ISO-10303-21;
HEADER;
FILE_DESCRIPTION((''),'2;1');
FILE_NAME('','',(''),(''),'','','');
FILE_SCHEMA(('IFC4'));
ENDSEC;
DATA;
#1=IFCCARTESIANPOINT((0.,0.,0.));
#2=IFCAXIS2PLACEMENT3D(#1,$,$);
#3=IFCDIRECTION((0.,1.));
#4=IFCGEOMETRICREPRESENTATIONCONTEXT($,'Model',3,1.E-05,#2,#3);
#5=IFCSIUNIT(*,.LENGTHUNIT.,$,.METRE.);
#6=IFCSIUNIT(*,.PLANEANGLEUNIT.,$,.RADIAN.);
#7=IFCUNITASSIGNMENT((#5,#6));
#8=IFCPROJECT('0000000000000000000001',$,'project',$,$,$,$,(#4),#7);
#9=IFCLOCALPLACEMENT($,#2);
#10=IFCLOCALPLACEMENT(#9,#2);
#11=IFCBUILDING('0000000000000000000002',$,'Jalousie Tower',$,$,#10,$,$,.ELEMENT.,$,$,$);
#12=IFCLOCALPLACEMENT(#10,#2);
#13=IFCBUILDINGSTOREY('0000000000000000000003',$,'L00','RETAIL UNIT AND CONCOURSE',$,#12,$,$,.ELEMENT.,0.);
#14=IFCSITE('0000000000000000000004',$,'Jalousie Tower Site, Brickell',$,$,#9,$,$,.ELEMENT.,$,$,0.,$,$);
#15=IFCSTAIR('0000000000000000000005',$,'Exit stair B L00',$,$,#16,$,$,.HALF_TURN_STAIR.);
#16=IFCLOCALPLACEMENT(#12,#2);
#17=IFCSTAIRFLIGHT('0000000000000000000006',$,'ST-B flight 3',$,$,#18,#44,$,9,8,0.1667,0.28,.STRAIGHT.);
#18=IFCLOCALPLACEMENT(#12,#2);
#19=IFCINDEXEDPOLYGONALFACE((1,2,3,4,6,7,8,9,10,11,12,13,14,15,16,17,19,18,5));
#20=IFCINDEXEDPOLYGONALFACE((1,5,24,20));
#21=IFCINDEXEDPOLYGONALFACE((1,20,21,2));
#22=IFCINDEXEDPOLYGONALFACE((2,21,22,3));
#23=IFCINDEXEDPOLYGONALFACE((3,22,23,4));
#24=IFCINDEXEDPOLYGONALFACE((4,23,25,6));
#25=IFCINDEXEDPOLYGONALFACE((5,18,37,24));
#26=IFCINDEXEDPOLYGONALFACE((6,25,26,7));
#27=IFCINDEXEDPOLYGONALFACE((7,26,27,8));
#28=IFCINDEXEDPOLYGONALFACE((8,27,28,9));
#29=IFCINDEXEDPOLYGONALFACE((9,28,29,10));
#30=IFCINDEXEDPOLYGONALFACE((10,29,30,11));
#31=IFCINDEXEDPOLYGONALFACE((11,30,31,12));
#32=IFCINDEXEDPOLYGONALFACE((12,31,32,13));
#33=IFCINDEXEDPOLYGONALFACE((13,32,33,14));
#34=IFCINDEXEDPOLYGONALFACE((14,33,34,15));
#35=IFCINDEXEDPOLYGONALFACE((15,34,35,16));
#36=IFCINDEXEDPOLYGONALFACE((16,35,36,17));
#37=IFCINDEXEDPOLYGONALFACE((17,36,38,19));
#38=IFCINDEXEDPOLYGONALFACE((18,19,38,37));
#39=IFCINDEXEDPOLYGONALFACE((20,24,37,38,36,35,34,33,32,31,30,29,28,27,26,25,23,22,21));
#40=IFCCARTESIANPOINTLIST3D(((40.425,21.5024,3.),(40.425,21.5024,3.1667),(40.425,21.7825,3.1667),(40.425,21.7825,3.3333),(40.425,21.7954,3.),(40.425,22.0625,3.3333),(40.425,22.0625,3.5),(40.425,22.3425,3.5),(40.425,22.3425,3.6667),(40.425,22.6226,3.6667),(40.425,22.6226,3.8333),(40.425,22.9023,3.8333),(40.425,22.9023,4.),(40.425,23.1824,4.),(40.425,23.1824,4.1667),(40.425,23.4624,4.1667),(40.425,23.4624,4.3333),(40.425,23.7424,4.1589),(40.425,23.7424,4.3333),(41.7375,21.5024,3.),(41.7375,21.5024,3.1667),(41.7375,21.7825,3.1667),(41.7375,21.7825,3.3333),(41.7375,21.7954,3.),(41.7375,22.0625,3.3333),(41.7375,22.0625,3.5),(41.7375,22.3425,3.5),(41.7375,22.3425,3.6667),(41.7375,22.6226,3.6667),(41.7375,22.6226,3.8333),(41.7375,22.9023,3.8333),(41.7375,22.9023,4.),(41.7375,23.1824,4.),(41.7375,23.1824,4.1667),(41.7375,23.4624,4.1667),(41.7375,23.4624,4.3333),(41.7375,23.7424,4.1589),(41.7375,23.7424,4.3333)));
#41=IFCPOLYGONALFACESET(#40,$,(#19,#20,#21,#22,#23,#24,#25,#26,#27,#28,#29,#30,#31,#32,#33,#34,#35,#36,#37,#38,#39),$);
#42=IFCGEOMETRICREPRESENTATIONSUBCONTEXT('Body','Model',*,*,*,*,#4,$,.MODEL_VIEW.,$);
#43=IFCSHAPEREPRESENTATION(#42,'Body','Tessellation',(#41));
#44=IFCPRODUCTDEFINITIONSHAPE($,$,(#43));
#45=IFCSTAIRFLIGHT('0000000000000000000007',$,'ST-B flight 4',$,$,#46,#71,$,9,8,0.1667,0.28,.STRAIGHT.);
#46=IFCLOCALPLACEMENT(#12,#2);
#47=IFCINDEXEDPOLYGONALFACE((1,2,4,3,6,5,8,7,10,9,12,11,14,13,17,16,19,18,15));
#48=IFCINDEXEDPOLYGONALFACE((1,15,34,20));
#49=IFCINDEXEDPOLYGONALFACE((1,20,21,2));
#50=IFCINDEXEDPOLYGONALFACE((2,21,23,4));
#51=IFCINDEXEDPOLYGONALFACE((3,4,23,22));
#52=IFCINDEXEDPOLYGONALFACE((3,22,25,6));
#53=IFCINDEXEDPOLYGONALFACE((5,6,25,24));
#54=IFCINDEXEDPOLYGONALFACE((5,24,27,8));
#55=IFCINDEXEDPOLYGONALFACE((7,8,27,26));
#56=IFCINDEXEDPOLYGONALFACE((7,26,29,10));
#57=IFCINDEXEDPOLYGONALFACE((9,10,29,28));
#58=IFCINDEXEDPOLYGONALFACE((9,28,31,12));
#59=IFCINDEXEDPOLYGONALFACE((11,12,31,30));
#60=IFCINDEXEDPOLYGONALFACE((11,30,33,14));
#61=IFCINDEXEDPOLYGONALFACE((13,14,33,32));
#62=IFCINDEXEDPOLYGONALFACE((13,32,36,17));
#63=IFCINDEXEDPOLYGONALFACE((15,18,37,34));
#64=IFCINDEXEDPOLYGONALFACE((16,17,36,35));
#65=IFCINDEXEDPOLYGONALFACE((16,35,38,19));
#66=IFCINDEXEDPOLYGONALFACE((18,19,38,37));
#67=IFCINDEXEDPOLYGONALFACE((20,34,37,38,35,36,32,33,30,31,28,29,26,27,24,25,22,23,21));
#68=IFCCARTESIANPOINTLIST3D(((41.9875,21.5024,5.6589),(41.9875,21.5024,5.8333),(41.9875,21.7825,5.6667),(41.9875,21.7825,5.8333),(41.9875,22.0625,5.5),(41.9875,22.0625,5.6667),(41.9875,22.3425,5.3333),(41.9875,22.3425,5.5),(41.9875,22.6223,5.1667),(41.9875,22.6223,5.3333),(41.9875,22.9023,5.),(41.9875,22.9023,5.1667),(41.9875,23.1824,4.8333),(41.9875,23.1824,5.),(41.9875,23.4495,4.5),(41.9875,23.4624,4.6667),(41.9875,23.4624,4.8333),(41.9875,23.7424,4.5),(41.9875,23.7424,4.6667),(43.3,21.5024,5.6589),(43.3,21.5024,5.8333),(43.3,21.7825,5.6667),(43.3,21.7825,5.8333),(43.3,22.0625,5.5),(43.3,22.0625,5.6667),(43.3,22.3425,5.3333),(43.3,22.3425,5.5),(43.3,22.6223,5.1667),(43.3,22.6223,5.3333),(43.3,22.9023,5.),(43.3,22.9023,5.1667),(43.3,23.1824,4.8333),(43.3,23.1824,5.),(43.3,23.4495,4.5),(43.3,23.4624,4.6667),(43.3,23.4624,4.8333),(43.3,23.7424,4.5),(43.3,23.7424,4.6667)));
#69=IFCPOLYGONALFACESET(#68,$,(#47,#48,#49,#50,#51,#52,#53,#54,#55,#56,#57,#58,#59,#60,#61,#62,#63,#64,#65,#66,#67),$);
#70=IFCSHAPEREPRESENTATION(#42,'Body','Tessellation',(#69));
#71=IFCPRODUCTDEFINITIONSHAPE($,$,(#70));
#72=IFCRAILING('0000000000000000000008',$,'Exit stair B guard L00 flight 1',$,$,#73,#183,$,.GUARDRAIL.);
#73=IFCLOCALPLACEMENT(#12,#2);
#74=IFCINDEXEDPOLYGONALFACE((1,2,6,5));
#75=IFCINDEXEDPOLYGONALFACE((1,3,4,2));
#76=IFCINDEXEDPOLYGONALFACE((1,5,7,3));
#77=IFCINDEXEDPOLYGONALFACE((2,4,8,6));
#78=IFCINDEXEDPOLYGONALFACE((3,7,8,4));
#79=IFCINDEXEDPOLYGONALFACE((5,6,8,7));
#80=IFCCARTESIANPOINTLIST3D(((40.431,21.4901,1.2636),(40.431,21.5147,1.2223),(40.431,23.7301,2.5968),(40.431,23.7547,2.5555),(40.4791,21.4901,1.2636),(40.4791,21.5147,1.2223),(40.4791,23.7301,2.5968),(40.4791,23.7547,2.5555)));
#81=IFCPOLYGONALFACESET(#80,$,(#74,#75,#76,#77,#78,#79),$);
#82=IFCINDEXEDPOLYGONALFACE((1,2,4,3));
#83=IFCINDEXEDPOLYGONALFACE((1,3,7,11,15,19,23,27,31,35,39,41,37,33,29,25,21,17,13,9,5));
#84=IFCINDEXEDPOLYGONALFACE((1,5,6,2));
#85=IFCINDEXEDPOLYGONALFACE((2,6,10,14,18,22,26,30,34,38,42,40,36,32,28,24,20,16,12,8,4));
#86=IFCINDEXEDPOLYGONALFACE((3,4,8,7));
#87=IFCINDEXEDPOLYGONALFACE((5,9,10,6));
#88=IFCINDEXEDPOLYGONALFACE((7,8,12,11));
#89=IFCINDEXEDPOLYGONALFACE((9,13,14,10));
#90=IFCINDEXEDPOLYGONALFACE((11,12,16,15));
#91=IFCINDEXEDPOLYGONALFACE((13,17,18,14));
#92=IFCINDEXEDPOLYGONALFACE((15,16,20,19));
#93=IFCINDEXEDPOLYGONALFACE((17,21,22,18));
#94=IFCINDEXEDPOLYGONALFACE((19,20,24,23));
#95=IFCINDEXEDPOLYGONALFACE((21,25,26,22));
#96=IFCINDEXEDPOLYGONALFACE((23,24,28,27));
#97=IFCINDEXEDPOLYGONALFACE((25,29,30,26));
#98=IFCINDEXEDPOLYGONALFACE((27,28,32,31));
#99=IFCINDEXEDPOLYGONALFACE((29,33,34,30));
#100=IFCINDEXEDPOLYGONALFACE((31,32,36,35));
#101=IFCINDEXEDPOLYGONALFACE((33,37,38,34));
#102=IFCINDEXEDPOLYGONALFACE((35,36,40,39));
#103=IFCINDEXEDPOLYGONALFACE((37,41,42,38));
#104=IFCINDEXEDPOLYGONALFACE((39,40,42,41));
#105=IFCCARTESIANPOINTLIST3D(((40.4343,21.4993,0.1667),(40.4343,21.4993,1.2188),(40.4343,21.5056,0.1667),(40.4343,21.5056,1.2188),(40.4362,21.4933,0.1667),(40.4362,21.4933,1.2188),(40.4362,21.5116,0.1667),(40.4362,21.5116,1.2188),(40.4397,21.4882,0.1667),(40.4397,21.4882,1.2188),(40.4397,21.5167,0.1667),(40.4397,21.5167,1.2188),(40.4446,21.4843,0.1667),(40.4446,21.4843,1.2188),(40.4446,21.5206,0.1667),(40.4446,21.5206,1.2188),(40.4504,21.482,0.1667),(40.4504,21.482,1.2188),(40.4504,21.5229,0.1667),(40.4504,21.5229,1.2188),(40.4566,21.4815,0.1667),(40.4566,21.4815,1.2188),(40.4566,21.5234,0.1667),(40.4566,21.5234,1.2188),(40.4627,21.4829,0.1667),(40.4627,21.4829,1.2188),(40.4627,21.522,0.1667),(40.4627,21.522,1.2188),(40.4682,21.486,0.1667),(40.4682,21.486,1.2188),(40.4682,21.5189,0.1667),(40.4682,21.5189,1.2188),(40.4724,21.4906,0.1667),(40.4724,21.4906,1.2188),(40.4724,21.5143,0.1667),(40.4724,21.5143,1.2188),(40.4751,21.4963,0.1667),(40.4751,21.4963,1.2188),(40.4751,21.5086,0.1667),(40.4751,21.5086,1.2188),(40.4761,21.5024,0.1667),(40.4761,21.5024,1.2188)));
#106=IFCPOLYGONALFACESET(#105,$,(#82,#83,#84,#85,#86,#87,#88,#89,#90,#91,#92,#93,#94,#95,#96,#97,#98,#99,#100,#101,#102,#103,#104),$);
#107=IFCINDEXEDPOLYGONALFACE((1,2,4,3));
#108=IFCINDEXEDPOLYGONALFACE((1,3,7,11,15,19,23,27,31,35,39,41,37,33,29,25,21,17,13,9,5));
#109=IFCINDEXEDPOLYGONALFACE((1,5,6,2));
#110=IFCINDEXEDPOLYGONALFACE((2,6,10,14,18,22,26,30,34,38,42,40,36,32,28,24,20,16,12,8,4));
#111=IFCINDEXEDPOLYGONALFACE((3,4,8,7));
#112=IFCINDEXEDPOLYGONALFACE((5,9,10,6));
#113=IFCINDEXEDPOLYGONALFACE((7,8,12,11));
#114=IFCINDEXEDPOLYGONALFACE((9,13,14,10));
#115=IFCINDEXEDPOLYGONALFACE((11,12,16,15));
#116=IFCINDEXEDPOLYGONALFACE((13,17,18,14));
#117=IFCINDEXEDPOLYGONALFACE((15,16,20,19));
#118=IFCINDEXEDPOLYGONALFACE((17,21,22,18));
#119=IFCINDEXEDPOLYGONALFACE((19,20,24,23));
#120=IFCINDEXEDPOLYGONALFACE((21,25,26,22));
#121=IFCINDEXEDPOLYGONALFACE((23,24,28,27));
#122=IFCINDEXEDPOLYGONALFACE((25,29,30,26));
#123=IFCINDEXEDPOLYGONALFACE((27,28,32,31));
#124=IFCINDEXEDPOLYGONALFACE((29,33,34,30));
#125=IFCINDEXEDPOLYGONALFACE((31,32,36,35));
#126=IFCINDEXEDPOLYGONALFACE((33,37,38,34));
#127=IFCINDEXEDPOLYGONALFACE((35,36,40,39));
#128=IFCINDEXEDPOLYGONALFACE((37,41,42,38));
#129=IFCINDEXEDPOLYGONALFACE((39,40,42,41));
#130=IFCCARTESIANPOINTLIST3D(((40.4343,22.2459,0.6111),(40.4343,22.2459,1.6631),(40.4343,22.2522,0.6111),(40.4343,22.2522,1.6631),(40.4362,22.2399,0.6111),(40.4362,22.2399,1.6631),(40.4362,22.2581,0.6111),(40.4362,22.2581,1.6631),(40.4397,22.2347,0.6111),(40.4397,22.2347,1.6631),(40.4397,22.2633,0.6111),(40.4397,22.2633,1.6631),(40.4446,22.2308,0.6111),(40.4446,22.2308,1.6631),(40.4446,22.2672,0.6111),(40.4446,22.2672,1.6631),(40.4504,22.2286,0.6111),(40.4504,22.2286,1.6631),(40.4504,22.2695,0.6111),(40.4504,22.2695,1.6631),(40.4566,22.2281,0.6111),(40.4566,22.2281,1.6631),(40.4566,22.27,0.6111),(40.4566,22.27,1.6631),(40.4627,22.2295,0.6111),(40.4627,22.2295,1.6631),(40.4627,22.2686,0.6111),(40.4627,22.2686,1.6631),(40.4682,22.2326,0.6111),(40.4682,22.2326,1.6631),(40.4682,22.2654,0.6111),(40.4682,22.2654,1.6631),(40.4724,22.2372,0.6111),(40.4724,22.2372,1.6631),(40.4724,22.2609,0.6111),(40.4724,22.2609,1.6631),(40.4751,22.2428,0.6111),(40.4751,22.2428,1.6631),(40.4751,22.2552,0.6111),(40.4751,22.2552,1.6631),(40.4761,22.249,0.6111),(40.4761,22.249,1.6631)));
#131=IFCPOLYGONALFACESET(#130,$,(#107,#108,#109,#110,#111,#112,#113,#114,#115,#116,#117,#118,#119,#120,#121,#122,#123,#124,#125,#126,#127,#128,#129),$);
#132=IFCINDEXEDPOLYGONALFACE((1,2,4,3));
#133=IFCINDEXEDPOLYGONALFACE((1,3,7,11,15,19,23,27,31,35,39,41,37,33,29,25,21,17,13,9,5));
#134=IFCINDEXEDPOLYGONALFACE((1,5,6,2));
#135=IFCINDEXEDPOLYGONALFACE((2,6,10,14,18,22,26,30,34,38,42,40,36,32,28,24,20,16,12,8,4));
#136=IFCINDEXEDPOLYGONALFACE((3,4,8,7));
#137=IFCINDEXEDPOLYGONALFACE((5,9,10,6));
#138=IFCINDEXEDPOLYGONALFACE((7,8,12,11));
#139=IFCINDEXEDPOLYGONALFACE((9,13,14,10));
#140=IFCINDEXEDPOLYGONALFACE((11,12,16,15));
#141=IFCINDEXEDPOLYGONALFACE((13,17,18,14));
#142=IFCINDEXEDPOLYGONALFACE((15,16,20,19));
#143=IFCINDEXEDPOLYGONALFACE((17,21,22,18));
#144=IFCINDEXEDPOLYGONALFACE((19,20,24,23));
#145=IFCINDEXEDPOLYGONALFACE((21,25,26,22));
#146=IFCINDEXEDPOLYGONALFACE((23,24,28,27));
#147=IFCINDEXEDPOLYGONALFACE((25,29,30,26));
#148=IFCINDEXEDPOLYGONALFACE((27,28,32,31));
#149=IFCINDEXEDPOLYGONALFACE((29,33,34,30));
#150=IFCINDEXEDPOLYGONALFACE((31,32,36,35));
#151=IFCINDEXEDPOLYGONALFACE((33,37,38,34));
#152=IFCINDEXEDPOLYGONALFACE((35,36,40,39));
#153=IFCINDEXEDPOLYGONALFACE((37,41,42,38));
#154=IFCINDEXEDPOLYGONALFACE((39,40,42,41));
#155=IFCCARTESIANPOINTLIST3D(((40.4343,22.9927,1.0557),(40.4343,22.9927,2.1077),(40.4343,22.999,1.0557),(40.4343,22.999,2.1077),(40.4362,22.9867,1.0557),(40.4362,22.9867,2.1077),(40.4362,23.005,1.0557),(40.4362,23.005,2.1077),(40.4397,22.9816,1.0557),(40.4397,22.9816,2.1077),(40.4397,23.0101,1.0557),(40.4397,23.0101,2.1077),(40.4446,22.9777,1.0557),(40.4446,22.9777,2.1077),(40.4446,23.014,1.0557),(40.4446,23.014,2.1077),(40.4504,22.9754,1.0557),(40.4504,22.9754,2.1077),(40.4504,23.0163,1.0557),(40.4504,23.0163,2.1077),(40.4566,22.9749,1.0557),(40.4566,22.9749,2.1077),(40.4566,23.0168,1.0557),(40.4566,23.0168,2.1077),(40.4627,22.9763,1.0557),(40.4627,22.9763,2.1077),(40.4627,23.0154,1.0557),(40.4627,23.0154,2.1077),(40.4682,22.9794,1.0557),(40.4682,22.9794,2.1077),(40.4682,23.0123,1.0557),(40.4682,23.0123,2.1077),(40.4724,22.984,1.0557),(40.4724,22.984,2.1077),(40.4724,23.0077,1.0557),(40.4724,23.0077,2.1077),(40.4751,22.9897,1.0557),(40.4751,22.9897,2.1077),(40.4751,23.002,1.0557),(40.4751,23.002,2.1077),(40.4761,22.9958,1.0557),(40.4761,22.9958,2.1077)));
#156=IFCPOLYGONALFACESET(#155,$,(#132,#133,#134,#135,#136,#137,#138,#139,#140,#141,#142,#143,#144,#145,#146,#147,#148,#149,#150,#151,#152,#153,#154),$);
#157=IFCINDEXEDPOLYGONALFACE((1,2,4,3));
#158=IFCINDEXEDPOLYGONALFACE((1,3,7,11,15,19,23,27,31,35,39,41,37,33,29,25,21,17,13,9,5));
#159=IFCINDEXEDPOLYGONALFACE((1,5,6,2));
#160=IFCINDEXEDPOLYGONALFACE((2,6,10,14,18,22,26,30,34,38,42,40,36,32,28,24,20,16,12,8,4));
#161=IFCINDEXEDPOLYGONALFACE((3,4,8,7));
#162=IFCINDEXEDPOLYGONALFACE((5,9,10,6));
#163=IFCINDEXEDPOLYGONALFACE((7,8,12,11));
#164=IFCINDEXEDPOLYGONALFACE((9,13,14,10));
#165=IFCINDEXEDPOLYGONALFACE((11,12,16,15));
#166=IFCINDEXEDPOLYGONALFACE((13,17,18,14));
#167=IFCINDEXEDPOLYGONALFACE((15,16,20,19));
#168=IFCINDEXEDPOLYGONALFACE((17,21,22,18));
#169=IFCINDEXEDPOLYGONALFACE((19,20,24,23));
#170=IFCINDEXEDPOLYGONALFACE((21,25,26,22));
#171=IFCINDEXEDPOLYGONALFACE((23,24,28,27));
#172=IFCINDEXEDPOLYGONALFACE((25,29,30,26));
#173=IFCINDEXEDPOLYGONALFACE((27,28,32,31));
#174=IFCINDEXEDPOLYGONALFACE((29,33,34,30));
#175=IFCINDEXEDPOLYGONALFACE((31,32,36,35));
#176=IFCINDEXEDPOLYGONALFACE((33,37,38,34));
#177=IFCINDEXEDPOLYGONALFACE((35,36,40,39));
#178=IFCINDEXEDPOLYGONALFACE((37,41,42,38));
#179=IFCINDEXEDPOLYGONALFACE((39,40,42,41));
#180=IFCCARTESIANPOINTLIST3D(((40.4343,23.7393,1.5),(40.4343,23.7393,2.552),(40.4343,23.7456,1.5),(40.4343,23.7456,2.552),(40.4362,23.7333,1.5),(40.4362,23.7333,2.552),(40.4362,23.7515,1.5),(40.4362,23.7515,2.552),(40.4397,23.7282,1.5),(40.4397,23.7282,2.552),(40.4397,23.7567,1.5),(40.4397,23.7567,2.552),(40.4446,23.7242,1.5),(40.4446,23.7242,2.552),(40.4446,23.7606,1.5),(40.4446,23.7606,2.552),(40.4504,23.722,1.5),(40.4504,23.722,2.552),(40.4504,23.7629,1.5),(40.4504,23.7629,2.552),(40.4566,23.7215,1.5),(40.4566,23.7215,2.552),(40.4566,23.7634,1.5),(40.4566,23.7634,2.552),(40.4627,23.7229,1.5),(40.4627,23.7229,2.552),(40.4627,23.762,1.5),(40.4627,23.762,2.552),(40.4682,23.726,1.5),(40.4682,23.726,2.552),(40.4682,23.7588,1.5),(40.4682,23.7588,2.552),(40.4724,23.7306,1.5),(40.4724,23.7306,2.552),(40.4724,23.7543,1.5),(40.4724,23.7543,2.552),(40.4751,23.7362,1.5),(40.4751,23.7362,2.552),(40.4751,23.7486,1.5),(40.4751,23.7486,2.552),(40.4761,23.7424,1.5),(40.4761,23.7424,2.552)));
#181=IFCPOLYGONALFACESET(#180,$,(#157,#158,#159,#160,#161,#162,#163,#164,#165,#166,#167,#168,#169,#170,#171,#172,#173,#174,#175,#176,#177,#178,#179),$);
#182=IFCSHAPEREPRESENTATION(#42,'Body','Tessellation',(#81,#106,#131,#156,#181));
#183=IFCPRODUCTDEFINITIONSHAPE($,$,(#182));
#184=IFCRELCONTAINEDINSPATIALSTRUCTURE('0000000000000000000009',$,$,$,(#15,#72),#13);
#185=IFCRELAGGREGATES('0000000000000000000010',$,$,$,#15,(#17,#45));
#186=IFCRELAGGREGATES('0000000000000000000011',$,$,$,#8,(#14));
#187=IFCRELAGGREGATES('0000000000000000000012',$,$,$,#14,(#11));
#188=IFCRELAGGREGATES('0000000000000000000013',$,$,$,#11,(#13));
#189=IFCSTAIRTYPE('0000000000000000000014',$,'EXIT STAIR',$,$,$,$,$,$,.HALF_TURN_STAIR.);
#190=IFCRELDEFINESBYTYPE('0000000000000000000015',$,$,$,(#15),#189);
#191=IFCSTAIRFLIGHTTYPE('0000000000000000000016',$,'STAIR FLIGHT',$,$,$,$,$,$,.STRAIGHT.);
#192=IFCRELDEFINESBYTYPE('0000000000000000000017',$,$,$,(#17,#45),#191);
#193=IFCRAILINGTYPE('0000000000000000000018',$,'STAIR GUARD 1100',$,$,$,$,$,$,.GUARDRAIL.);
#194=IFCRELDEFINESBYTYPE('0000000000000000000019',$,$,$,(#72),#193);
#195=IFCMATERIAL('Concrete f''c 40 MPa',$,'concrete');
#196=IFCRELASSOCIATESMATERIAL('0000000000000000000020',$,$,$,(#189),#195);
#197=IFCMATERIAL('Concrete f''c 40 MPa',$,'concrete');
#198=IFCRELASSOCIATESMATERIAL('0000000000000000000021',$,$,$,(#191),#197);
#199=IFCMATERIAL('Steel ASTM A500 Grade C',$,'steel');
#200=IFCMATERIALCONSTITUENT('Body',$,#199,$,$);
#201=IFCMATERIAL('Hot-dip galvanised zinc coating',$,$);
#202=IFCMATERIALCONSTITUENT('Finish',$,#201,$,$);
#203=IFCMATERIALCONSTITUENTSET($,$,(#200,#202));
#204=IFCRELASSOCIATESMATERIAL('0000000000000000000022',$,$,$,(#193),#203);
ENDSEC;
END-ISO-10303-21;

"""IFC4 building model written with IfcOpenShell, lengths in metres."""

from ifc_helpers import new_model, si_unit, direction, frame, origin, origin_2d, place, context, subcontext, project, spatial, polyline, rectangle, circle, outline, extrude, material, constituent, constituent_set, type_object, element, aggregate, save


model = new_model("IFC4")

# Units and contexts
model_context = context("Model", 3, precision=1e-05, world=origin(), true_north=direction((0.0, 1.0)))
body_context = subcontext(model_context, "Body", "Model", "MODEL_VIEW")
ifc_project = project(units=[si_unit("LENGTHUNIT", "METRE"), si_unit("PLANEANGLEUNIT", "RADIAN")], contexts=[model_context])

# Site, building, storey
site_placement = place(None, origin())
site = spatial("IfcSite", under=ifc_project, at=site_placement, Name="Jalousie Tower Site, Brickell", CompositionType="ELEMENT", RefElevation=0.0)
building_placement = place(site_placement, origin())
building = spatial("IfcBuilding", under=site, at=building_placement, Name="Jalousie Tower", CompositionType="ELEMENT")
storey_placement = place(building_placement, origin())
storey = spatial("IfcBuildingStorey", under=building, at=storey_placement, Name="L00", Description="RETAIL UNIT AND CONCOURSE", CompositionType="ELEMENT", Elevation=0.0)

# Stair, stair flights
ifc_material_1 = material(Name="Concrete f'c 40 MPa", Category="concrete")
stair_type = type_object("IfcStairType", Name="EXIT STAIR", PredefinedType="HALF_TURN_STAIR", material=ifc_material_1)
stair_placement = place(storey_placement, origin())
stair = element("IfcStair", 1, at=stair_placement, inside=storey, type_object=stair_type, Name="Exit stair B L00", PredefinedType="HALF_TURN_STAIR")
ifc_material_2 = material(Name="Concrete f'c 40 MPa", Category="concrete")
stair_flight_type = type_object("IfcStairFlightType", Name="STAIR FLIGHT", PredefinedType="STRAIGHT", material=ifc_material_2)
stair_flight_1_placement = place(storey_placement, frame((41.0813, 21.5024, 3.0), z_axis=(0.0, 0.0, 1.0), x_axis=(0.0, 1.0, 0.0)))
stair_flight_1 = element("IfcStairFlight", 2, at=stair_flight_1_placement, type_object=stair_flight_type, Name="ST-B flight 3", NumberOfRisers=9, NumberOfTreads=8, PredefinedType="STRAIGHT", RiserHeight=0.1667, TreadLength=0.28, context=body_context, shape_type="SweptSolid", body=[
    extrude(outline(polyline([(0.0, 0.0), (0.0, 0.1667), (0.28, 0.1667), (0.28, 0.3333), (0.5601, 0.3333), (0.5601, 0.5), (0.8401, 0.5), (0.8401, 0.6667), (1.1201, 0.6667), (1.1201, 0.8333), (1.3999, 0.8333), (1.3999, 1.0), (1.6799, 1.0), (1.6799, 1.1667), (1.96, 1.1667), (1.96, 1.3333), (2.24, 1.3333), (2.24, 1.5), (2.24, 1.1589), (0.293, 0.0), (0.0, 0.0)])), frame((0.0, 0.6562, 0.0), z_axis=(0.0, -1.0, 0.0), x_axis=(1.0, 0.0, 0.0)), (0.0, 0.0, 1.0), 1.3125),
])
stair_flight_2_placement = place(storey_placement, frame((42.6438, 23.7424, 4.5), z_axis=(0.0, 0.0, 1.0), x_axis=(0.0, -1.0, 0.0)))
stair_flight_2 = element("IfcStairFlight", 3, at=stair_flight_2_placement, type_object=stair_flight_type, Name="ST-B flight 4", NumberOfRisers=9, NumberOfTreads=8, PredefinedType="STRAIGHT", RiserHeight=0.1667, TreadLength=0.28, context=body_context, shape_type="SweptSolid", body=[
    extrude(outline(polyline([(0.0, 0.0), (0.0, 0.1667), (0.28, 0.1667), (0.28, 0.3333), (0.5601, 0.3333), (0.5601, 0.5), (0.8401, 0.5), (0.8401, 0.6667), (1.1201, 0.6667), (1.1201, 0.8333), (1.3999, 0.8333), (1.3999, 1.0), (1.6799, 1.0), (1.6799, 1.1667), (1.96, 1.1667), (1.96, 1.3333), (2.24, 1.3333), (2.24, 1.5), (2.24, 1.1589), (0.293, 0.0), (0.0, 0.0)])), frame((0.0, 0.6562, 0.0), z_axis=(0.0, -1.0, 0.0), x_axis=(1.0, 0.0, 0.0)), (0.0, 0.0, 1.0), 1.3125),
])
aggregate(stair, [stair_flight_1, stair_flight_2])

# Railing
ifc_material_3 = material(Name="Steel ASTM A500 Grade C", Category="steel")
ifc_constituent_1 = constituent(ifc_material_3, Name="Body")
ifc_material_4 = material(Name="Hot-dip galvanised zinc coating")
ifc_constituent_2 = constituent(ifc_material_4, Name="Finish")
ifc_constituent_set_1 = constituent_set(constituents=[ifc_constituent_1, ifc_constituent_2])
railing_type_1 = type_object("IfcRailingType", Name="STAIR GUARD 1100", PredefinedType="GUARDRAIL", material=ifc_constituent_set_1)
railing_1_placement = place(storey_placement, frame((40.4551, 21.5024, 0.1667)))
element("IfcRailing", 4, at=railing_1_placement, inside=storey, type_object=railing_type_1, Name="Exit stair B guard L00 flight 1", PredefinedType="GUARDRAIL", context=body_context, shape_type="SweptSolid", body=[
    extrude(rectangle(XDim=0.0481, YDim=0.0481, at=origin_2d()), frame((0.0, 0.0, 1.0762), z_axis=(0.0, 0.859306, 0.511462), x_axis=(-1.0, 0.0, 0.0)), (0.0, 0.0, 1.0), 2.6067),
    extrude(circle(Radius=0.021, at=origin_2d()), origin(), (0.0, 0.0, 1.0), 1.052),
    extrude(circle(Radius=0.021, at=origin_2d()), frame((0.0, 0.7466, 0.4443)), (0.0, 0.0, 1.0), 1.052),
    extrude(circle(Radius=0.021, at=origin_2d()), frame((0.0, 1.4934, 0.8889)), (0.0, 0.0, 1.0), 1.052),
    extrude(circle(Radius=0.021, at=origin_2d()), frame((0.0, 2.24, 1.3333)), (0.0, 0.0, 1.0), 1.052),
])

save(model, "model.ifc")
